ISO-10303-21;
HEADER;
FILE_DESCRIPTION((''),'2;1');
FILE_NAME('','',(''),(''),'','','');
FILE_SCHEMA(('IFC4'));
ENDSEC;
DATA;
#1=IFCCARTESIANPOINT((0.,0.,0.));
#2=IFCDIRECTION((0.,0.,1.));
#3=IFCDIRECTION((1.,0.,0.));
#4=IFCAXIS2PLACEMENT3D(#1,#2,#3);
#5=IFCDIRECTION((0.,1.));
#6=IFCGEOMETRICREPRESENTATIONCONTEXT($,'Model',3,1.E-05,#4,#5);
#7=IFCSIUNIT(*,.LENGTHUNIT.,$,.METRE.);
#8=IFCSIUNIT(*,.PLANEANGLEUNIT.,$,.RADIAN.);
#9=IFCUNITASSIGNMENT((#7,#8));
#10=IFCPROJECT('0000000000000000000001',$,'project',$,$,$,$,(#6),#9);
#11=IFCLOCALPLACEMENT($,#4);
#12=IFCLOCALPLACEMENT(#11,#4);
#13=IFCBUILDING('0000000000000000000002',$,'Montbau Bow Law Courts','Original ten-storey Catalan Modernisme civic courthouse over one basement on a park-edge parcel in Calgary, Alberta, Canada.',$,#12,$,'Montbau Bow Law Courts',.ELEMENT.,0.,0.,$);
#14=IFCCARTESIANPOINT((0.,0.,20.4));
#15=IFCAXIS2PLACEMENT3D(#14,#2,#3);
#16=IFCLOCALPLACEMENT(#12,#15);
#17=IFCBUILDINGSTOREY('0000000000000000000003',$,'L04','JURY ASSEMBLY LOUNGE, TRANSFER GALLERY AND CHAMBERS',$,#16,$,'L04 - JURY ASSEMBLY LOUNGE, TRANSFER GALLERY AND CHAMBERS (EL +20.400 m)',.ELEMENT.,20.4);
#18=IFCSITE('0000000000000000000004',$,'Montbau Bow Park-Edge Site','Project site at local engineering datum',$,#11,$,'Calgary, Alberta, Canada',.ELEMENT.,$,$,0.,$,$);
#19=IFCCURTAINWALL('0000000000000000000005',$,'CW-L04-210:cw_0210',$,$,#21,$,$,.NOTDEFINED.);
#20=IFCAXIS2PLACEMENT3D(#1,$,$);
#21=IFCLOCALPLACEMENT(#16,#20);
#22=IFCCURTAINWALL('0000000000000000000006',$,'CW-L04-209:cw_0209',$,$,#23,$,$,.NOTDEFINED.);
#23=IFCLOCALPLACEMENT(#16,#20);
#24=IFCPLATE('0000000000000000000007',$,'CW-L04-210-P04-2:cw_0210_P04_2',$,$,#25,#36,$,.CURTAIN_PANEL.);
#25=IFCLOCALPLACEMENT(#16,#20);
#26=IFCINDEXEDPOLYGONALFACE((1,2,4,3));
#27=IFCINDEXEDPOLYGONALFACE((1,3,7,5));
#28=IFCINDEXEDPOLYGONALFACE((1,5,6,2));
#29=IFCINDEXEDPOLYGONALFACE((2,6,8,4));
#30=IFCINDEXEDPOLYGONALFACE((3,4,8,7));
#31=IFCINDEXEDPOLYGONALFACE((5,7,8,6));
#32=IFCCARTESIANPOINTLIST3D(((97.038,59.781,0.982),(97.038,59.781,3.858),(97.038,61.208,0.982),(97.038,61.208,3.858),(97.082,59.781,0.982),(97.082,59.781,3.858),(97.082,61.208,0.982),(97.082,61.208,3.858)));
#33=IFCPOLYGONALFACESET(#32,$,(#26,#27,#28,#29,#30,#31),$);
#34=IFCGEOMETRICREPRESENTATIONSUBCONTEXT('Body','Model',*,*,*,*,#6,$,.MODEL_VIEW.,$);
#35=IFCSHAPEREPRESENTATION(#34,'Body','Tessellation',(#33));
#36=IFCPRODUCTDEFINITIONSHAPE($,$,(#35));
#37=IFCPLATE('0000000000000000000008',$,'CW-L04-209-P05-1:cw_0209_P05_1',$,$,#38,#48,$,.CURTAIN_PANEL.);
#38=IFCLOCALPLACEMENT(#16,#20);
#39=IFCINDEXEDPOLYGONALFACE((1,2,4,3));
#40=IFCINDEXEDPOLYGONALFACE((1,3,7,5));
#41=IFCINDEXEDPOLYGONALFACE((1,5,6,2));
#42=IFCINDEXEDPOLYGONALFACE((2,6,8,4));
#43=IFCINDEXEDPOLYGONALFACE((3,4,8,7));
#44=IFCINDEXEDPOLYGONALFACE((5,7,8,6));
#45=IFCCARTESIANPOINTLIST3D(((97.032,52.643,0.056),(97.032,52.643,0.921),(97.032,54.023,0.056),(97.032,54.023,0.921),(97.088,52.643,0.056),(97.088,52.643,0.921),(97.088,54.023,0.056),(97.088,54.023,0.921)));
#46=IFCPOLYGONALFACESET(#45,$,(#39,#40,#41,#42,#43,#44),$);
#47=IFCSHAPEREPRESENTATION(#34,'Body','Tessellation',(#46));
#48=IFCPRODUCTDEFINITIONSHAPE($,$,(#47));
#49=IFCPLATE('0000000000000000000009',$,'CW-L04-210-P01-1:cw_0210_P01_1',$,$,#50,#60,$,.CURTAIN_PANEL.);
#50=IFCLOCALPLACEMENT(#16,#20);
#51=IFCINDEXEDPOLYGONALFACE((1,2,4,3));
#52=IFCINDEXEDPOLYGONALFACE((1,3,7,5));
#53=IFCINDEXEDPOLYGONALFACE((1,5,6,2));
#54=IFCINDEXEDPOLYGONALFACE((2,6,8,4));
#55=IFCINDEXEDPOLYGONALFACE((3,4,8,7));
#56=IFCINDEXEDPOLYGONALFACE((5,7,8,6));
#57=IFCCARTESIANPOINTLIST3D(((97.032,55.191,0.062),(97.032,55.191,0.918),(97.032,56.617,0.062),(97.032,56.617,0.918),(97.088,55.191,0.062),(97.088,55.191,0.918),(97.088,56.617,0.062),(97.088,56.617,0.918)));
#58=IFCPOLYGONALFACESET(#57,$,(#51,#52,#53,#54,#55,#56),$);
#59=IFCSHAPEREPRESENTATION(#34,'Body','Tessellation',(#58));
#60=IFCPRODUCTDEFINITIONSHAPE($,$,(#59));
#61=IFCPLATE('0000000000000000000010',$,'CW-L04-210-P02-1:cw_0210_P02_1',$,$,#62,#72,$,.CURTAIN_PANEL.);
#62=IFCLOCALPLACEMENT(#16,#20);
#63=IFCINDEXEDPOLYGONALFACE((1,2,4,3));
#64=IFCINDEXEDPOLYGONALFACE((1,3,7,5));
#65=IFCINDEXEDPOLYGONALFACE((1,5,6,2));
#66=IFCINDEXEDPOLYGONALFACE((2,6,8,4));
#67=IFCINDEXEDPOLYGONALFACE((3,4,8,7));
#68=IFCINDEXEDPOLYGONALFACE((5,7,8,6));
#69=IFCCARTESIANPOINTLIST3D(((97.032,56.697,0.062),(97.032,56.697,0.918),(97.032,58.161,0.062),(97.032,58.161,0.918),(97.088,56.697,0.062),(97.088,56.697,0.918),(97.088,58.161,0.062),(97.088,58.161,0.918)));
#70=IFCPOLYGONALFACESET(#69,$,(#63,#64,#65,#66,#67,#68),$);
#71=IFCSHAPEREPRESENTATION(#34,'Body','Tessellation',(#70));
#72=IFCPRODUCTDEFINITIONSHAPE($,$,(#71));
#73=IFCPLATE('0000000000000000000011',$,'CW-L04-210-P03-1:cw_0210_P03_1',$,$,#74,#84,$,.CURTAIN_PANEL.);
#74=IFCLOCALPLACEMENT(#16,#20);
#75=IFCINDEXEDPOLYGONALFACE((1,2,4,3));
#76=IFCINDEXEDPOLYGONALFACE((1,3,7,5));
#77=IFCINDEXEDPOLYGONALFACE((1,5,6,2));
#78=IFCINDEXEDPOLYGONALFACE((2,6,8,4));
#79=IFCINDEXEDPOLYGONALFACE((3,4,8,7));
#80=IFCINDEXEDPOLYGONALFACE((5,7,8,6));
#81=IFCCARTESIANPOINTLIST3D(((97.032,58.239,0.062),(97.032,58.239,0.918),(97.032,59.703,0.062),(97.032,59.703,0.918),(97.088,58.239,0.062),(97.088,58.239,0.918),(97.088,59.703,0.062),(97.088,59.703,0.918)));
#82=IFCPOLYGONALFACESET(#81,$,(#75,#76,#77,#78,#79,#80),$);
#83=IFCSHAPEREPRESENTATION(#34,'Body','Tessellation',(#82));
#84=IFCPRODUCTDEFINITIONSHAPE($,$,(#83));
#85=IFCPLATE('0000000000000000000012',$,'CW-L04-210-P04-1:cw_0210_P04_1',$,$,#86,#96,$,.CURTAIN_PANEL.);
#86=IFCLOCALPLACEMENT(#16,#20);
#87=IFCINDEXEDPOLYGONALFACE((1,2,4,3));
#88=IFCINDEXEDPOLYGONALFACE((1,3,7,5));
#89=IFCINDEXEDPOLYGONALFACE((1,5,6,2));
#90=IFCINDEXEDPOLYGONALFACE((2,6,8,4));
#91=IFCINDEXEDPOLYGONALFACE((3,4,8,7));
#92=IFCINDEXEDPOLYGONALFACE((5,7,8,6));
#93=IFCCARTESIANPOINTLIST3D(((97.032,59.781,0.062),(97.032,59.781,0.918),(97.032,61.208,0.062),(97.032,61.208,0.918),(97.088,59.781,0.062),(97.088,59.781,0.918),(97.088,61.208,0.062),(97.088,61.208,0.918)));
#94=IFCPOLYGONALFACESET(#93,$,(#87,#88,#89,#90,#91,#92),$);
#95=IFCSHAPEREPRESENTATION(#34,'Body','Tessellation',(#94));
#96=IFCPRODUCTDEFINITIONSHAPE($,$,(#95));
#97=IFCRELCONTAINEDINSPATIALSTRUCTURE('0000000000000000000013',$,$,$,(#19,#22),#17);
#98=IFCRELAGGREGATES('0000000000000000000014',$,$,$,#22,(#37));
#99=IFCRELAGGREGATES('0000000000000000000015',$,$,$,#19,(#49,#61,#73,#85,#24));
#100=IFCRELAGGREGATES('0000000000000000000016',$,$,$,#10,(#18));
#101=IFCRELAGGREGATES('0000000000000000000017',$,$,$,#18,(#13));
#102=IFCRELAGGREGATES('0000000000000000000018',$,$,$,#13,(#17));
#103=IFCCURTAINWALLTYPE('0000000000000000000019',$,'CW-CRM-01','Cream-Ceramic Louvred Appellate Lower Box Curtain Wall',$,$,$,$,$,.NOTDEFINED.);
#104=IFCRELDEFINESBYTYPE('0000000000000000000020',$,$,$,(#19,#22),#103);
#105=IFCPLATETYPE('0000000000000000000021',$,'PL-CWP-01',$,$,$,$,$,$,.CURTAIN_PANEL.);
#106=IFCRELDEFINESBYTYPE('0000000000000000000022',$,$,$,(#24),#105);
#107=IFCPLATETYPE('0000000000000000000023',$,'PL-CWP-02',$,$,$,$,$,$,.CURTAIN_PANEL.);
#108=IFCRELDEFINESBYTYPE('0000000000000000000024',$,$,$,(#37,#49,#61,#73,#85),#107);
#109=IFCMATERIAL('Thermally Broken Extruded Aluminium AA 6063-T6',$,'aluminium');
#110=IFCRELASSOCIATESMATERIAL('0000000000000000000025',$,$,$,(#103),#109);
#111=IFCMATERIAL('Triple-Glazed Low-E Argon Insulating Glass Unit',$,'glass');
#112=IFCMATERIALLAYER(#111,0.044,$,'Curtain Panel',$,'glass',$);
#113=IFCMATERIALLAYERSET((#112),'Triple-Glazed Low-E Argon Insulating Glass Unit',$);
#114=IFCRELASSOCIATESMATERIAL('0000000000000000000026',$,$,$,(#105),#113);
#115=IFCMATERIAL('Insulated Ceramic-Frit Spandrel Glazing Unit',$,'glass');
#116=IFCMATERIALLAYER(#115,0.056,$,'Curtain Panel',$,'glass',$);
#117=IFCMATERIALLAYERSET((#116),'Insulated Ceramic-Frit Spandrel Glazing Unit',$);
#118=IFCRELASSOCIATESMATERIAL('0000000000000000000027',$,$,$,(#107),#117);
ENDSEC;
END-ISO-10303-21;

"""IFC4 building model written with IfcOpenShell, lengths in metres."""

from ifc_helpers import new_model, si_unit, direction, frame, frame_2d, origin_with_axes, place, context, subcontext, project, spatial, rectangle, extrude, material, layer, layer_set, type_object, element, aggregate, save


model = new_model("IFC4")

# Units and contexts
model_context = context("Model", 3, precision=1e-05, world=origin_with_axes(), true_north=direction((0.0, 1.0)))
body_context = subcontext(model_context, "Body", "Model", "MODEL_VIEW")
ifc_project = project(units=[si_unit("LENGTHUNIT", "METRE"), si_unit("PLANEANGLEUNIT", "RADIAN")], contexts=[model_context])

# Site, building, storey
site_placement = place(None, origin_with_axes())
site = spatial("IfcSite", under=ifc_project, at=site_placement, Name="Montbau Bow Park-Edge Site", Description="Project site at local engineering datum", LongName="Calgary, Alberta, Canada", CompositionType="ELEMENT", RefElevation=0.0)
building_placement = place(site_placement, origin_with_axes())
building = spatial("IfcBuilding", under=site, at=building_placement, Name="Montbau Bow Law Courts", Description="Original ten-storey Catalan Modernisme civic courthouse over one basement on a park-edge parcel in Calgary, Alberta, Canada.", LongName="Montbau Bow Law Courts", CompositionType="ELEMENT", ElevationOfRefHeight=0.0, ElevationOfTerrain=0.0)
storey_placement = place(building_placement, frame((0.0, 0.0, 20.4), z_axis=(0.0, 0.0, 1.0), x_axis=(1.0, 0.0, 0.0)))
storey = spatial("IfcBuildingStorey", under=building, at=storey_placement, Name="L04", Description="JURY ASSEMBLY LOUNGE, TRANSFER GALLERY AND CHAMBERS", LongName="L04 - JURY ASSEMBLY LOUNGE, TRANSFER GALLERY AND CHAMBERS (EL +20.400 m)", CompositionType="ELEMENT", Elevation=20.4)

# Curtain walls
ifc_material_1 = material(Name="Thermally Broken Extruded Aluminium AA 6063-T6", Category="aluminium")
curtain_wall_type = type_object("IfcCurtainWallType", Name="CW-CRM-01", Description="Cream-Ceramic Louvred Appellate Lower Box Curtain Wall", PredefinedType="NOTDEFINED", material=ifc_material_1)
curtain_wall_1_placement = place(None, frame((97.06, 55.115, 20.4), z_axis=(0.0, 0.0, 1.0), x_axis=(1.0, 0.0, 0.0)))
curtain_wall_1 = element("IfcCurtainWall", 1, at=curtain_wall_1_placement, inside=storey, type_object=curtain_wall_type, Name="CW-L04-210:cw_0210", PredefinedType="NOTDEFINED")
curtain_wall_2_placement = place(None, frame((97.06, 46.715, 20.4), z_axis=(0.0, 0.0, 1.0), x_axis=(1.0, 0.0, 0.0)))
curtain_wall_2 = element("IfcCurtainWall", 2, at=curtain_wall_2_placement, inside=storey, type_object=curtain_wall_type, Name="CW-L04-209:cw_0209", PredefinedType="NOTDEFINED")

# Plates
ifc_material_2 = material(Name="Triple-Glazed Low-E Argon Insulating Glass Unit", Category="glass")
ifc_layer_1 = layer(ifc_material_2, 0.044, Name="Curtain Panel", Category="glass")
ifc_layer_set_1 = layer_set([ifc_layer_1], Name="Triple-Glazed Low-E Argon Insulating Glass Unit")
plate_type_1 = type_object("IfcPlateType", Name="PL-CWP-01", PredefinedType="CURTAIN_PANEL", material=ifc_layer_set_1)
plate_1_placement = place(None, frame((97.06, 59.781, 21.382), z_axis=(1.0, 0.0, 0.0), x_axis=(0.0, 1.0, 0.0)))
plate_1 = element("IfcPlate", 3, at=plate_1_placement, type_object=plate_type_1, Name="CW-L04-210-P04-2:cw_0210_P04_2", PredefinedType="CURTAIN_PANEL", context=body_context, shape_type="SweptSolid", body=[
    extrude(rectangle(XDim=1.427, YDim=2.876, at=frame_2d((0.7135, 1.438), x_axis=(1.0, 0.0))), frame((0.0, 0.0, -0.022), z_axis=(0.0, 0.0, 1.0), x_axis=(1.0, 0.0, 0.0)), (0.0, 0.0, 1.0), 0.044),
])
ifc_material_3 = material(Name="Insulated Ceramic-Frit Spandrel Glazing Unit", Category="glass")
ifc_layer_2 = layer(ifc_material_3, 0.056, Name="Curtain Panel", Category="glass")
ifc_layer_set_2 = layer_set([ifc_layer_2], Name="Insulated Ceramic-Frit Spandrel Glazing Unit")
plate_type_2 = type_object("IfcPlateType", Name="PL-CWP-02", PredefinedType="CURTAIN_PANEL", material=ifc_layer_set_2)
plate_2_placement = place(None, frame((97.06, 52.643, 20.456), z_axis=(1.0, 0.0, 0.0), x_axis=(0.0, 1.0, 0.0)))
plate_2 = element("IfcPlate", 4, at=plate_2_placement, type_object=plate_type_2, Name="CW-L04-209-P05-1:cw_0209_P05_1", PredefinedType="CURTAIN_PANEL", context=body_context, shape_type="SweptSolid", body=[
    extrude(rectangle(XDim=1.38, YDim=0.865, at=frame_2d((0.69, 0.4325), x_axis=(1.0, 0.0))), frame((0.0, 0.0, -0.028), z_axis=(0.0, 0.0, 1.0), x_axis=(1.0, 0.0, 0.0)), (0.0, 0.0, 1.0), 0.056),
])
aggregate(curtain_wall_2, [plate_2])
plate_3_placement = place(None, frame((97.06, 55.191, 20.462), z_axis=(1.0, 0.0, 0.0), x_axis=(0.0, 1.0, 0.0)))
plate_3 = element("IfcPlate", 5, at=plate_3_placement, type_object=plate_type_2, Name="CW-L04-210-P01-1:cw_0210_P01_1", PredefinedType="CURTAIN_PANEL", context=body_context, shape_type="SweptSolid", body=[
    extrude(rectangle(XDim=1.426, YDim=0.856, at=frame_2d((0.713, 0.428), x_axis=(1.0, 0.0))), frame((0.0, 0.0, -0.028), z_axis=(0.0, 0.0, 1.0), x_axis=(1.0, 0.0, 0.0)), (0.0, 0.0, 1.0), 0.056),
])
plate_4_placement = place(None, frame((97.06, 56.697, 20.462), z_axis=(1.0, 0.0, 0.0), x_axis=(0.0, 1.0, 0.0)))
plate_4 = element("IfcPlate", 6, at=plate_4_placement, type_object=plate_type_2, Name="CW-L04-210-P02-1:cw_0210_P02_1", PredefinedType="CURTAIN_PANEL", context=body_context, shape_type="SweptSolid", body=[
    extrude(rectangle(XDim=1.464, YDim=0.856, at=frame_2d((0.732, 0.428), x_axis=(1.0, 0.0))), frame((0.0, 0.0, -0.028), z_axis=(0.0, 0.0, 1.0), x_axis=(1.0, 0.0, 0.0)), (0.0, 0.0, 1.0), 0.056),
])
plate_5_placement = place(None, frame((97.06, 58.239, 20.462), z_axis=(1.0, 0.0, 0.0), x_axis=(0.0, 1.0, 0.0)))
plate_5 = element("IfcPlate", 7, at=plate_5_placement, type_object=plate_type_2, Name="CW-L04-210-P03-1:cw_0210_P03_1", PredefinedType="CURTAIN_PANEL", context=body_context, shape_type="SweptSolid", body=[
    extrude(rectangle(XDim=1.464, YDim=0.856, at=frame_2d((0.732, 0.428), x_axis=(1.0, 0.0))), frame((0.0, 0.0, -0.028), z_axis=(0.0, 0.0, 1.0), x_axis=(1.0, 0.0, 0.0)), (0.0, 0.0, 1.0), 0.056),
])
plate_6_placement = place(None, frame((97.06, 59.781, 20.462), z_axis=(1.0, 0.0, 0.0), x_axis=(0.0, 1.0, 0.0)))
plate_6 = element("IfcPlate", 8, at=plate_6_placement, type_object=plate_type_2, Name="CW-L04-210-P04-1:cw_0210_P04_1", PredefinedType="CURTAIN_PANEL", context=body_context, shape_type="SweptSolid", body=[
    extrude(rectangle(XDim=1.427, YDim=0.856, at=frame_2d((0.7135, 0.428), x_axis=(1.0, 0.0))), frame((0.0, 0.0, -0.028), z_axis=(0.0, 0.0, 1.0), x_axis=(1.0, 0.0, 0.0)), (0.0, 0.0, 1.0), 0.056),
])
aggregate(curtain_wall_1, [plate_3, plate_4, plate_5, plate_6, plate_1])

save(model, "model.ifc")
